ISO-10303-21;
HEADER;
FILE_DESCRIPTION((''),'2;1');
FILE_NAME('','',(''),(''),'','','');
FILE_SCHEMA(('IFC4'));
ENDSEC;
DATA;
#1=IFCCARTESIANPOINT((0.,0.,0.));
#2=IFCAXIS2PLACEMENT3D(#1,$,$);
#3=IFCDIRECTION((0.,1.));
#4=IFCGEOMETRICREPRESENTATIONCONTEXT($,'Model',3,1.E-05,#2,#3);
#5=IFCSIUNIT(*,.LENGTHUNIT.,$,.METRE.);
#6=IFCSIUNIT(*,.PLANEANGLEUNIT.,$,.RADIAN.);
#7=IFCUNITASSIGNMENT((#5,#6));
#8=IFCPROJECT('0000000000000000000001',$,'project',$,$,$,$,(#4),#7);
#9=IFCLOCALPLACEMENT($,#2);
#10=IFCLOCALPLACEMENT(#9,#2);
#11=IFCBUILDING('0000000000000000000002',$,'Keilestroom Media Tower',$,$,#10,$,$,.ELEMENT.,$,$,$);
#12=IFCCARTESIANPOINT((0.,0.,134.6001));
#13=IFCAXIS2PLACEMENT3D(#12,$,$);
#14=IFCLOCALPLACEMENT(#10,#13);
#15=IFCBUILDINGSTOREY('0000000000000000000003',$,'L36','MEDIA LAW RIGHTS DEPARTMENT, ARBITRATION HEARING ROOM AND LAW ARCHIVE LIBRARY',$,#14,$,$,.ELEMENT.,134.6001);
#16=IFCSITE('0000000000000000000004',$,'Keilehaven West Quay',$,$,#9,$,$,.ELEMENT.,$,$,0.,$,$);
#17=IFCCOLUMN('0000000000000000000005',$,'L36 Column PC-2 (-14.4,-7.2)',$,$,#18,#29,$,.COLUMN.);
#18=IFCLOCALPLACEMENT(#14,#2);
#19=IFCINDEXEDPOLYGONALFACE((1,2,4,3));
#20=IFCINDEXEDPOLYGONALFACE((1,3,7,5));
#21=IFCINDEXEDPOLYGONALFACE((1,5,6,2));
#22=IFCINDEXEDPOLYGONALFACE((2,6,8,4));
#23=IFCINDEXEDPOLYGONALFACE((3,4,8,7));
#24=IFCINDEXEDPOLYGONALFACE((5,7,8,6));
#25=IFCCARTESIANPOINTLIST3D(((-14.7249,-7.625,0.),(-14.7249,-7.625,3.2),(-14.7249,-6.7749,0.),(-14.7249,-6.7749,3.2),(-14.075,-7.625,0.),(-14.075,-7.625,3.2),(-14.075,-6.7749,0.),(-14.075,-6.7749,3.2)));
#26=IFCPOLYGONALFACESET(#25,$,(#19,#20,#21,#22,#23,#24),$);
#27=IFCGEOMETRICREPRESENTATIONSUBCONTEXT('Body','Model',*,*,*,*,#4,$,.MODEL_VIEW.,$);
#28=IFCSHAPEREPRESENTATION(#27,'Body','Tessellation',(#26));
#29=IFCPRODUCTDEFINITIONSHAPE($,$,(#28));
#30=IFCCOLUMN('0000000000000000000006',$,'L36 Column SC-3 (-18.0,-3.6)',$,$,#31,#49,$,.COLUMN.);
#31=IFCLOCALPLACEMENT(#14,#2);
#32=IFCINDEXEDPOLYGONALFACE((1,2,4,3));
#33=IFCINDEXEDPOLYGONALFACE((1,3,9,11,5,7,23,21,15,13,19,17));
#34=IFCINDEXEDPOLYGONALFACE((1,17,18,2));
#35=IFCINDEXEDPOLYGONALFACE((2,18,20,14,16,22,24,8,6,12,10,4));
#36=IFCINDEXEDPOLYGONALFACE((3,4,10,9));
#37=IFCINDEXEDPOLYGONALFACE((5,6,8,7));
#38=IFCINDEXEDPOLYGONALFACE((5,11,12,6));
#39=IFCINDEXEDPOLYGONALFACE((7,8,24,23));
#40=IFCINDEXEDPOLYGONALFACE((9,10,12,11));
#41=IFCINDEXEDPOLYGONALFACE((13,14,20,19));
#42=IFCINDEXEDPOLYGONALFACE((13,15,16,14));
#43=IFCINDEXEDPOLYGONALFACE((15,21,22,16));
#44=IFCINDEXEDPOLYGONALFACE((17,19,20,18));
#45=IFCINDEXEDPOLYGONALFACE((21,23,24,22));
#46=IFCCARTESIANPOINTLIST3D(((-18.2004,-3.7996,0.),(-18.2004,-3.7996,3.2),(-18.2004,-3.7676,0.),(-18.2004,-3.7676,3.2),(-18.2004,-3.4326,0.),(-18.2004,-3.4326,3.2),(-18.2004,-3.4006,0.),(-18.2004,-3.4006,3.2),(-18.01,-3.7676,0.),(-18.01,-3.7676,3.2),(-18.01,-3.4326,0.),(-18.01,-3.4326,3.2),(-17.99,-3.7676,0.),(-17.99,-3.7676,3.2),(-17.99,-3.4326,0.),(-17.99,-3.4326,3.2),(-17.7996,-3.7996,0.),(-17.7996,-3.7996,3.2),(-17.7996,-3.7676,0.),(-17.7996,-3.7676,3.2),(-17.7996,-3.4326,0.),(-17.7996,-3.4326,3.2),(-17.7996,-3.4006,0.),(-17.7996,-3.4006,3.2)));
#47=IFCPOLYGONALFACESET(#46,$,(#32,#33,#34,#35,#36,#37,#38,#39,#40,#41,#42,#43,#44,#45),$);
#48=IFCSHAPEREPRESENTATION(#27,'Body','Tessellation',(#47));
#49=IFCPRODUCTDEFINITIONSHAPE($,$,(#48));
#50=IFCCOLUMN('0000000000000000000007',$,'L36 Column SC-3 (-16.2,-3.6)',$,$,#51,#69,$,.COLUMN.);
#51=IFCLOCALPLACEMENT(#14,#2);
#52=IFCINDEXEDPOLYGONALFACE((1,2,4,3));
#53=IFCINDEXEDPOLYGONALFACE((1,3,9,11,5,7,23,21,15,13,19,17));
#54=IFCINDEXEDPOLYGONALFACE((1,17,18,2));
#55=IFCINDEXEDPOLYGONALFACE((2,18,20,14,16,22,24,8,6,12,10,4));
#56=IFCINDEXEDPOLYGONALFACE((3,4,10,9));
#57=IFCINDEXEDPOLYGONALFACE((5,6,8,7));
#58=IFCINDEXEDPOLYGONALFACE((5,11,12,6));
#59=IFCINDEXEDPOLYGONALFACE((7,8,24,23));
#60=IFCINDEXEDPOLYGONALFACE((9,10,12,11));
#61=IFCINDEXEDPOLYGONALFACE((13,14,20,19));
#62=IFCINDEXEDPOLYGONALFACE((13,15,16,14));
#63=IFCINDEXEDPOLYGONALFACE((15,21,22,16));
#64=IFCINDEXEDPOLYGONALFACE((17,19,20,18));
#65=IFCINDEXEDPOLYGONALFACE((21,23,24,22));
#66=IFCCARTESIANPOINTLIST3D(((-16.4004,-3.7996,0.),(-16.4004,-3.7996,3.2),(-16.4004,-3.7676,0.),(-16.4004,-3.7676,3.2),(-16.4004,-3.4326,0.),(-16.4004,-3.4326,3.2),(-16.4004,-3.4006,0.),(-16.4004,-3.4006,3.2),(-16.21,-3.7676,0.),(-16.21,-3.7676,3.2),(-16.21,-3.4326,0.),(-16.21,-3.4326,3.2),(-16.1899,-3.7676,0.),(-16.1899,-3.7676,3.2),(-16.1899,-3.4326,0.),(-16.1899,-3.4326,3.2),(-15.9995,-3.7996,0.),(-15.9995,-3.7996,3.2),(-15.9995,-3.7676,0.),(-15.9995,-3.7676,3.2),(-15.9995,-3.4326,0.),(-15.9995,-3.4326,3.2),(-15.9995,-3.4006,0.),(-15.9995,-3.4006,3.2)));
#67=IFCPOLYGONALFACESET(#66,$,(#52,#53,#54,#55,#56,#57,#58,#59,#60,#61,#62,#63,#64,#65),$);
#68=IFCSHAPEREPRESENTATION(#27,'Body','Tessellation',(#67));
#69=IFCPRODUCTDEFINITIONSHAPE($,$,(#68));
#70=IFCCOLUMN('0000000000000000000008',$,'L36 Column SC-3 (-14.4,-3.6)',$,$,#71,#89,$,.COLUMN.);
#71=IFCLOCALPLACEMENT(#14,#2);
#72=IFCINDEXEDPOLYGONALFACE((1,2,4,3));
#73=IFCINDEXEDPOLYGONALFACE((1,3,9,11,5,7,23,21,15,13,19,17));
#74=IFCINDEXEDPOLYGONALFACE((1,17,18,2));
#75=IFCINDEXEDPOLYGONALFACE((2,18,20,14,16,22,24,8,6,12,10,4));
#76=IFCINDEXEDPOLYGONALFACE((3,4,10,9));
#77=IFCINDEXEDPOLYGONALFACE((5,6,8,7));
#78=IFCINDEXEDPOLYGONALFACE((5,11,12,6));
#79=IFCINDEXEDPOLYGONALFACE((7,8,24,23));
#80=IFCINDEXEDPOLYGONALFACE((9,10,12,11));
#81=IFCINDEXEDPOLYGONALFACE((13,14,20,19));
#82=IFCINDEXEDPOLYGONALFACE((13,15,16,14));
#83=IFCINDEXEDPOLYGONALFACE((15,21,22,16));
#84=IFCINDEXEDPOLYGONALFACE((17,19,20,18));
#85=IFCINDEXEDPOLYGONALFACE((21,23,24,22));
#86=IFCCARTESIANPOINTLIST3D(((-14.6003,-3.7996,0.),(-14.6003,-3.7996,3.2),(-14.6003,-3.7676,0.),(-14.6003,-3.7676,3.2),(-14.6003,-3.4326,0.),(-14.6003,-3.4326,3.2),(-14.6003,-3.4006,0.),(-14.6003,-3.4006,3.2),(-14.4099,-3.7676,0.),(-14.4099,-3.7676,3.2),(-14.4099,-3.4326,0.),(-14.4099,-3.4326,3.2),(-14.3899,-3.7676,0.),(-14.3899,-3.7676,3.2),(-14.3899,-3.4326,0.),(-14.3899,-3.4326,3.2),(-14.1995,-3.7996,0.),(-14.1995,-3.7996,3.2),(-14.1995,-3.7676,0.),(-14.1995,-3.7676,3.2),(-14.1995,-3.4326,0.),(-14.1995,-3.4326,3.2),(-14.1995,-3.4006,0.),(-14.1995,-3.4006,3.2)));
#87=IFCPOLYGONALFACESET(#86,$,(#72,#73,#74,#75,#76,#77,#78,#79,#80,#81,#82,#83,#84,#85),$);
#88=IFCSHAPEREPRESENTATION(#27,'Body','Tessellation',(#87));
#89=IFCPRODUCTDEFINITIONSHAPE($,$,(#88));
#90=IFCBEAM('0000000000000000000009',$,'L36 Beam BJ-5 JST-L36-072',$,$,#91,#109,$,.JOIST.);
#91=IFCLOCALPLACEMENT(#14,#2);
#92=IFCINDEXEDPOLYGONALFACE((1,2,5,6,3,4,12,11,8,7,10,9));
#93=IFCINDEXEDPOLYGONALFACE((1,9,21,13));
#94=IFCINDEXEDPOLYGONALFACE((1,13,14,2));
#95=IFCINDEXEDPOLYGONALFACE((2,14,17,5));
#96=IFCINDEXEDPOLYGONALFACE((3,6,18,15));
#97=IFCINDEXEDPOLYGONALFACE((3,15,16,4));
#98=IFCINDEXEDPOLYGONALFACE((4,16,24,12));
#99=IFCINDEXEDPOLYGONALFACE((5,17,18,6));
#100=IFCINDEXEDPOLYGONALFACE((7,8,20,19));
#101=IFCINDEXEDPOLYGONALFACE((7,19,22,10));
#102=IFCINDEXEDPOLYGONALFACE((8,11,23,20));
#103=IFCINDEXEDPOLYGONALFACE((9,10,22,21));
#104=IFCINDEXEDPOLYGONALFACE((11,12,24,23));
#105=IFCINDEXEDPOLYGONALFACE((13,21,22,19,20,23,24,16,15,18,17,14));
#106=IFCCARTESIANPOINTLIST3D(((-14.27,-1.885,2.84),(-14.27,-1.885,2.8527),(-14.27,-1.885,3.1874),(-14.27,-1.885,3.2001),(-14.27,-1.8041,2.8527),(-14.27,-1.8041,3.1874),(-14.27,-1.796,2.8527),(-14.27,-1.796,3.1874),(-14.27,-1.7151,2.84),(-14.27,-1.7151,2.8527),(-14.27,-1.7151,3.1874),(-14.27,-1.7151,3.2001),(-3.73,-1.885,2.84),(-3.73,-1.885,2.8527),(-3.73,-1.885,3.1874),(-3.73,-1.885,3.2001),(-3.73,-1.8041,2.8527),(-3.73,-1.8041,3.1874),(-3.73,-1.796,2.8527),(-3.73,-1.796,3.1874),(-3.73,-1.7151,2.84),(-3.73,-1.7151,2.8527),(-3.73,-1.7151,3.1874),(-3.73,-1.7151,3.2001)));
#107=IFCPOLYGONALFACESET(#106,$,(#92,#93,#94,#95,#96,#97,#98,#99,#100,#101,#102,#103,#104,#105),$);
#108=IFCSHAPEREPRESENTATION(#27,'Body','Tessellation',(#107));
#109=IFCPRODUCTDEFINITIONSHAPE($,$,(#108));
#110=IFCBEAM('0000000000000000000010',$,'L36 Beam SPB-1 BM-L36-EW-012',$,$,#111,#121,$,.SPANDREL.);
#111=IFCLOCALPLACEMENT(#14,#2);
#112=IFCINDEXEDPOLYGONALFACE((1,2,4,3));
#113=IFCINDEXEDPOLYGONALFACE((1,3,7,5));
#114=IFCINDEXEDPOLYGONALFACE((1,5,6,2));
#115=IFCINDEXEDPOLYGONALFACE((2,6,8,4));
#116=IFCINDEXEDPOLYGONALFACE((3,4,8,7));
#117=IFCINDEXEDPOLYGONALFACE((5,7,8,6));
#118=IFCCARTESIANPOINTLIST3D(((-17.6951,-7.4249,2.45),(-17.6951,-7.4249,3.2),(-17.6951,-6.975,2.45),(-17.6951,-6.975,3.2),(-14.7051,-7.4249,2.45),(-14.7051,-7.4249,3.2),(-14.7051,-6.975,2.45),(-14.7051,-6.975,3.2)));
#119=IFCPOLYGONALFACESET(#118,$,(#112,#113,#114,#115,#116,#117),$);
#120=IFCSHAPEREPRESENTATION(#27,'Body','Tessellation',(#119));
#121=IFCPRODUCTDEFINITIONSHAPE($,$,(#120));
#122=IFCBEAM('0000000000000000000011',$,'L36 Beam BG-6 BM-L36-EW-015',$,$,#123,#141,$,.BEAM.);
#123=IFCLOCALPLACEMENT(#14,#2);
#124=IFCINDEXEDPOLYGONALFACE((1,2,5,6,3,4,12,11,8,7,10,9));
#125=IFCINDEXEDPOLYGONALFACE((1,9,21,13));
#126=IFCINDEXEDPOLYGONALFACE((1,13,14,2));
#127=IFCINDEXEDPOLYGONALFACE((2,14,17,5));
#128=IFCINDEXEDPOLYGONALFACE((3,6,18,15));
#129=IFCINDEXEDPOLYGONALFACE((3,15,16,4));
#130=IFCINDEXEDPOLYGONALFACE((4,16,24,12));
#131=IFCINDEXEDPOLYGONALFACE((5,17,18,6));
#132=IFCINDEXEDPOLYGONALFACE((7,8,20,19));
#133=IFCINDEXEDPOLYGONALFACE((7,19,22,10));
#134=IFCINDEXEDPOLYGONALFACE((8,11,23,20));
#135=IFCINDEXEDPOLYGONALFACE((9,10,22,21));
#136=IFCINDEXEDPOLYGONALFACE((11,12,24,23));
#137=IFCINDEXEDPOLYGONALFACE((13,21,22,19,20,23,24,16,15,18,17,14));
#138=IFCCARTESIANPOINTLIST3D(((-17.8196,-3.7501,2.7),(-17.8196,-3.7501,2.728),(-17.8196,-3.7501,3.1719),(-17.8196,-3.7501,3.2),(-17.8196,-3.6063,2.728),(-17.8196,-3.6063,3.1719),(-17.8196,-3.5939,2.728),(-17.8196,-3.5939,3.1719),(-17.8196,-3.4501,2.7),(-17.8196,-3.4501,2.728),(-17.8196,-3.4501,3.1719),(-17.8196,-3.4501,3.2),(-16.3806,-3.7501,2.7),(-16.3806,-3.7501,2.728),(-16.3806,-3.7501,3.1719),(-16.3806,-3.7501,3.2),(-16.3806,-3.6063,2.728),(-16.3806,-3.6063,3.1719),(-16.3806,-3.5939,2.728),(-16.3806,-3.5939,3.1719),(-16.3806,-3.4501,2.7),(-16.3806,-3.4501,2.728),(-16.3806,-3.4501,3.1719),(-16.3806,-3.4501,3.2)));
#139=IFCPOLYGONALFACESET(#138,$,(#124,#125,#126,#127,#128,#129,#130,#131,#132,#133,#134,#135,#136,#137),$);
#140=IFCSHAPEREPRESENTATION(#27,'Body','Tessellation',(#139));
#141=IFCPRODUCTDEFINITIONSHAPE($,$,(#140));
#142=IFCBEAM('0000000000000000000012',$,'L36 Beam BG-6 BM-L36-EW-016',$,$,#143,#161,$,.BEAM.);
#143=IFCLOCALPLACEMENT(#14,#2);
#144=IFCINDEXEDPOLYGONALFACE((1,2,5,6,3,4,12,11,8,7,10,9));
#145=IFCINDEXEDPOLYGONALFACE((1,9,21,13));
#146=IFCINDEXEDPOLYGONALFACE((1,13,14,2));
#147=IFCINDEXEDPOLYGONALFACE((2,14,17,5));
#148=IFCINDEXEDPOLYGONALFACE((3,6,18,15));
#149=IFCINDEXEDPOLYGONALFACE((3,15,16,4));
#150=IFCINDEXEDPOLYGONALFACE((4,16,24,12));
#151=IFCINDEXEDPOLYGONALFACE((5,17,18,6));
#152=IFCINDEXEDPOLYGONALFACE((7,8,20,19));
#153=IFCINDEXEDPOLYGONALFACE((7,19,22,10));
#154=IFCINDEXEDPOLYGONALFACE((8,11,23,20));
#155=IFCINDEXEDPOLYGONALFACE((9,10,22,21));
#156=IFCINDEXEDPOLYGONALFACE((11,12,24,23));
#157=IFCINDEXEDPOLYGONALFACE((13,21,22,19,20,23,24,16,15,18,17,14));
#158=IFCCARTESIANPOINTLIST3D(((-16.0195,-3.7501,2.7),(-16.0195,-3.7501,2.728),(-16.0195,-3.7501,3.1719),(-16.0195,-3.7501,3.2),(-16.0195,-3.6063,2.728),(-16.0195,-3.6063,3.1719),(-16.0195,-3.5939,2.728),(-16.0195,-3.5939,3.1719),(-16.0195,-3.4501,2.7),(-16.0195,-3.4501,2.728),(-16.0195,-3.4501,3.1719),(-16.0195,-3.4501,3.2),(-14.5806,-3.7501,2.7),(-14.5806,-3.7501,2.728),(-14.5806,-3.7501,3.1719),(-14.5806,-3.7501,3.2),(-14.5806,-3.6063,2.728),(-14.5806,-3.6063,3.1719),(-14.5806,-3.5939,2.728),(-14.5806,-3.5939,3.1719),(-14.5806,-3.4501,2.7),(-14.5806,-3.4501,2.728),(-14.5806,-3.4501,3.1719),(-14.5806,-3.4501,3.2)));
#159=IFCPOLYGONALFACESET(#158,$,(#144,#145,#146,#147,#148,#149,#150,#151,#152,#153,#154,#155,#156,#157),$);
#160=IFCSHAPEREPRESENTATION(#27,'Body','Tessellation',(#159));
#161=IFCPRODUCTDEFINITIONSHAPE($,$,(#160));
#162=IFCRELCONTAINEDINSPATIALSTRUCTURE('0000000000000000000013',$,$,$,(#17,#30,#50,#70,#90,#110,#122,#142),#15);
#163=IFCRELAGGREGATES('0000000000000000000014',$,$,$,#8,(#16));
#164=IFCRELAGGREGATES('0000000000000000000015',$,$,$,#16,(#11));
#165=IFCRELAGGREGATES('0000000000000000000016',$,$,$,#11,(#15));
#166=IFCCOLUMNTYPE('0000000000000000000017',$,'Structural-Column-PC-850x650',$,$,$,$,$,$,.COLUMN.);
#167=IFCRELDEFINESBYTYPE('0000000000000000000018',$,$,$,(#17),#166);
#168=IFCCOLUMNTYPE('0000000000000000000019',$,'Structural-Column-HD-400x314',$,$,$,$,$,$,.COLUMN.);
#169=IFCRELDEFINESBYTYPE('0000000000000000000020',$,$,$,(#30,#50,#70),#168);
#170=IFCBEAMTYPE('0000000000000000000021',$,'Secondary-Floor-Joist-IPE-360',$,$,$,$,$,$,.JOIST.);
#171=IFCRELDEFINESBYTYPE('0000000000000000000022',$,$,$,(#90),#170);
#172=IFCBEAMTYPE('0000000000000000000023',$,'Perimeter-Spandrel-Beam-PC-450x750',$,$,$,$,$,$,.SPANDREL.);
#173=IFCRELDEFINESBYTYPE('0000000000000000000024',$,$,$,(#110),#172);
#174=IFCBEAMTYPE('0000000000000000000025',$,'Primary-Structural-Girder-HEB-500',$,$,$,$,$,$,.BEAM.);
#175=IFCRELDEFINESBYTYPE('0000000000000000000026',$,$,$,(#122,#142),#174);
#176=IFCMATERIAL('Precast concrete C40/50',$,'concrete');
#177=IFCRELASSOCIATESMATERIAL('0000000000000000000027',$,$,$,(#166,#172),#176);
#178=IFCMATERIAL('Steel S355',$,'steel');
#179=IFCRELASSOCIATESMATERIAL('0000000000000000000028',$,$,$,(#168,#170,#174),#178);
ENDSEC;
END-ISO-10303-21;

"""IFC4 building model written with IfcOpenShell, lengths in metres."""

from ifc_helpers import new_model, si_unit, direction, frame, origin, origin_2d, place, context, subcontext, project, spatial, rectangle, i_section, extrude, source, transform, mapped, material, material_profile, profile_set, type_object, element, save


model = new_model("IFC4")

# Units and contexts
model_context = context("Model", 3, precision=1e-05, world=origin(), true_north=direction((0.0, 1.0)))
body_context = subcontext(model_context, "Body", "Model", "MODEL_VIEW")
ifc_project = project(units=[si_unit("LENGTHUNIT", "METRE"), si_unit("PLANEANGLEUNIT", "RADIAN")], contexts=[model_context])

# Site, building, storey
site_placement = place(None, origin())
site = spatial("IfcSite", under=ifc_project, at=site_placement, Name="Keilehaven West Quay", CompositionType="ELEMENT", RefElevation=0.0)
building_placement = place(site_placement, origin())
building = spatial("IfcBuilding", under=site, at=building_placement, Name="Keilestroom Media Tower", CompositionType="ELEMENT")
storey_placement = place(building_placement, frame((0.0, 0.0, 134.6001)))
storey = spatial("IfcBuildingStorey", under=building, at=storey_placement, Name="L36", Description="MEDIA LAW RIGHTS DEPARTMENT, ARBITRATION HEARING ROOM AND LAW ARCHIVE LIBRARY", CompositionType="ELEMENT", Elevation=134.6001)

# Columns
ifc_material_1 = material(Name="Precast concrete C40/50", Category="concrete")
ifc_material_profile_1 = material_profile(ifc_material_1, rectangle(XDim=0.6499, YDim=0.8501, at=origin_2d()), Name="PC 850x650")
ifc_profile_set_1 = profile_set([ifc_material_profile_1], Name="Precast concrete C40/50")
column_type_1 = type_object("IfcColumnType", Name="Structural-Column-PC-850x650", PredefinedType="COLUMN", material=ifc_profile_set_1)
shared_shape_1 = source(origin(), body_context, "Body", "SweptSolid", [
    extrude(rectangle(XDim=0.6499, YDim=0.8501, at=origin_2d()), origin(), (0.0, 0.0, 1.0), 3.2),
])
column_placement = place(storey_placement, frame((-14.3999, -7.2, 0.0), z_axis=(0.0, 0.0, 1.0), x_axis=(1.0, 0.0, 0.0)))
element("IfcColumn", 1, at=column_placement, inside=storey, type_object=column_type_1, Name="L36 Column PC-2 (-14.4,-7.2)", PredefinedType="COLUMN", context=body_context, shape_type="MappedRepresentation", body=[
    mapped(shared_shape_1, transform((0.0, 0.0, 0.0), x_axis=(1.0, 0.0, 0.0), y_axis=(0.0, 1.0, 0.0), z_axis=(0.0, 0.0, 1.0), scale=1.0)),
])
ifc_material_2 = material(Name="Steel S355", Category="steel")
ifc_material_profile_2 = material_profile(ifc_material_2, i_section(OverallWidth=0.4009, OverallDepth=0.3989, WebThickness=0.02, FlangeThickness=0.032, at=origin_2d()), Name="HD 400x314")
ifc_profile_set_2 = profile_set([ifc_material_profile_2], Name="Steel S355")
column_type_2 = type_object("IfcColumnType", Name="Structural-Column-HD-400x314", PredefinedType="COLUMN", material=ifc_profile_set_2)
shared_shape_2 = source(origin(), body_context, "Body", "SweptSolid", [
    extrude(i_section(OverallWidth=0.4009, OverallDepth=0.3989, WebThickness=0.02, FlangeThickness=0.032, at=origin_2d()), origin(), (0.0, 0.0, 1.0), 3.2),
])
for number, where, z_axis, x_axis, name in (
    (2, (-18.0, -3.6001, 0.0), (0.0, 0.0, 1.0), (1.0, 0.0, 0.0), "L36 Column SC-3 (-18.0,-3.6)"),
    (3, (-16.2, -3.6001, 0.0), (0.0, 0.0, 1.0), (1.0, 0.0, 0.0), "L36 Column SC-3 (-16.2,-3.6)"),
    (4, (-14.3999, -3.6001, 0.0), (0.0, 0.0, 1.0), (1.0, 0.0, 0.0), "L36 Column SC-3 (-14.4,-3.6)"),
):
    element("IfcColumn", number, at=place(storey_placement, frame(where, z_axis=z_axis, x_axis=x_axis)), inside=storey, type_object=column_type_2, Name=name, PredefinedType="COLUMN", context=body_context, shape_type="MappedRepresentation", body=[
        mapped(shared_shape_2, transform((0.0, 0.0, 0.0), x_axis=(1.0, 0.0, 0.0), y_axis=(0.0, 1.0, 0.0), z_axis=(0.0, 0.0, 1.0), scale=1.0)),
    ])

# Beams
ifc_material_profile_3 = material_profile(ifc_material_2, i_section(OverallWidth=0.1699, OverallDepth=0.3601, WebThickness=0.0081, FlangeThickness=0.0127, at=origin_2d()), Name="IPE 360")
ifc_profile_set_3 = profile_set([ifc_material_profile_3], Name="Steel S355")
beam_type_1 = type_object("IfcBeamType", Name="Secondary-Floor-Joist-IPE-360", PredefinedType="JOIST", material=ifc_profile_set_3)
shared_shape_3 = source(origin(), body_context, "Body", "SweptSolid", [
    extrude(i_section(OverallWidth=0.1699, OverallDepth=0.3601, WebThickness=0.0081, FlangeThickness=0.0127, at=origin_2d()), origin(), (0.0, 0.0, 1.0), 10.54),
])
beam_1_placement = place(storey_placement, frame((-14.27, -1.8, 3.02), z_axis=(1.0, 0.0, 0.0), x_axis=(0.0, 1.0, 0.0)))
element("IfcBeam", 5, at=beam_1_placement, inside=storey, type_object=beam_type_1, Name="L36 Beam BJ-5 JST-L36-072", PredefinedType="JOIST", context=body_context, shape_type="MappedRepresentation", body=[
    mapped(shared_shape_3, transform((0.0, 0.0, 0.0), x_axis=(1.0, 0.0, 0.0), y_axis=(0.0, 1.0, 0.0), z_axis=(0.0, 0.0, 1.0), scale=1.0)),
])
ifc_material_profile_4 = material_profile(ifc_material_1, rectangle(XDim=0.45, YDim=0.75, at=origin_2d()), Name="PC 450x750")
ifc_profile_set_4 = profile_set([ifc_material_profile_4], Name="Precast concrete C40/50")
beam_type_2 = type_object("IfcBeamType", Name="Perimeter-Spandrel-Beam-PC-450x750", PredefinedType="SPANDREL", material=ifc_profile_set_4)
shared_shape_4 = source(origin(), body_context, "Body", "SweptSolid", [
    extrude(rectangle(XDim=0.45, YDim=0.75, at=origin_2d()), origin(), (0.0, 0.0, 1.0), 2.99),
])
beam_2_placement = place(storey_placement, frame((-17.6951, -7.2, 2.825), z_axis=(1.0, 0.0, 0.0), x_axis=(0.0, 1.0, 0.0)))
element("IfcBeam", 6, at=beam_2_placement, inside=storey, type_object=beam_type_2, Name="L36 Beam SPB-1 BM-L36-EW-012", PredefinedType="SPANDREL", context=body_context, shape_type="MappedRepresentation", body=[
    mapped(shared_shape_4, transform((0.0, 0.0, 0.0), x_axis=(1.0, 0.0, 0.0), y_axis=(0.0, 1.0, 0.0), z_axis=(0.0, 0.0, 1.0), scale=1.0)),
])
ifc_material_profile_5 = material_profile(ifc_material_2, i_section(OverallWidth=0.3, OverallDepth=0.5, WebThickness=0.0125, FlangeThickness=0.0281, at=origin_2d()), Name="HEB 500")
ifc_profile_set_5 = profile_set([ifc_material_profile_5], Name="Steel S355")
beam_type_3 = type_object("IfcBeamType", Name="Primary-Structural-Girder-HEB-500", PredefinedType="BEAM", material=ifc_profile_set_5)
shared_shape_5 = source(origin(), body_context, "Body", "SweptSolid", [
    extrude(i_section(OverallWidth=0.3, OverallDepth=0.5, WebThickness=0.0125, FlangeThickness=0.0281, at=origin_2d()), origin(), (0.0, 0.0, 1.0), 1.439),
])
for number, where, z_axis, x_axis, name in (
    (7, (-17.8196, -3.6001, 2.95), (1.0, 0.0, 0.0), (0.0, 1.0, 0.0), "L36 Beam BG-6 BM-L36-EW-015"),
    (8, (-16.0195, -3.6001, 2.95), (1.0, 0.0, 0.0), (0.0, 1.0, 0.0), "L36 Beam BG-6 BM-L36-EW-016"),
):
    element("IfcBeam", number, at=place(storey_placement, frame(where, z_axis=z_axis, x_axis=x_axis)), inside=storey, type_object=beam_type_3, Name=name, PredefinedType="BEAM", context=body_context, shape_type="MappedRepresentation", body=[
        mapped(shared_shape_5, transform((0.0, 0.0, 0.0), x_axis=(1.0, 0.0, 0.0), y_axis=(0.0, 1.0, 0.0), z_axis=(0.0, 0.0, 1.0), scale=1.0)),
    ])

save(model, "model.ifc")
